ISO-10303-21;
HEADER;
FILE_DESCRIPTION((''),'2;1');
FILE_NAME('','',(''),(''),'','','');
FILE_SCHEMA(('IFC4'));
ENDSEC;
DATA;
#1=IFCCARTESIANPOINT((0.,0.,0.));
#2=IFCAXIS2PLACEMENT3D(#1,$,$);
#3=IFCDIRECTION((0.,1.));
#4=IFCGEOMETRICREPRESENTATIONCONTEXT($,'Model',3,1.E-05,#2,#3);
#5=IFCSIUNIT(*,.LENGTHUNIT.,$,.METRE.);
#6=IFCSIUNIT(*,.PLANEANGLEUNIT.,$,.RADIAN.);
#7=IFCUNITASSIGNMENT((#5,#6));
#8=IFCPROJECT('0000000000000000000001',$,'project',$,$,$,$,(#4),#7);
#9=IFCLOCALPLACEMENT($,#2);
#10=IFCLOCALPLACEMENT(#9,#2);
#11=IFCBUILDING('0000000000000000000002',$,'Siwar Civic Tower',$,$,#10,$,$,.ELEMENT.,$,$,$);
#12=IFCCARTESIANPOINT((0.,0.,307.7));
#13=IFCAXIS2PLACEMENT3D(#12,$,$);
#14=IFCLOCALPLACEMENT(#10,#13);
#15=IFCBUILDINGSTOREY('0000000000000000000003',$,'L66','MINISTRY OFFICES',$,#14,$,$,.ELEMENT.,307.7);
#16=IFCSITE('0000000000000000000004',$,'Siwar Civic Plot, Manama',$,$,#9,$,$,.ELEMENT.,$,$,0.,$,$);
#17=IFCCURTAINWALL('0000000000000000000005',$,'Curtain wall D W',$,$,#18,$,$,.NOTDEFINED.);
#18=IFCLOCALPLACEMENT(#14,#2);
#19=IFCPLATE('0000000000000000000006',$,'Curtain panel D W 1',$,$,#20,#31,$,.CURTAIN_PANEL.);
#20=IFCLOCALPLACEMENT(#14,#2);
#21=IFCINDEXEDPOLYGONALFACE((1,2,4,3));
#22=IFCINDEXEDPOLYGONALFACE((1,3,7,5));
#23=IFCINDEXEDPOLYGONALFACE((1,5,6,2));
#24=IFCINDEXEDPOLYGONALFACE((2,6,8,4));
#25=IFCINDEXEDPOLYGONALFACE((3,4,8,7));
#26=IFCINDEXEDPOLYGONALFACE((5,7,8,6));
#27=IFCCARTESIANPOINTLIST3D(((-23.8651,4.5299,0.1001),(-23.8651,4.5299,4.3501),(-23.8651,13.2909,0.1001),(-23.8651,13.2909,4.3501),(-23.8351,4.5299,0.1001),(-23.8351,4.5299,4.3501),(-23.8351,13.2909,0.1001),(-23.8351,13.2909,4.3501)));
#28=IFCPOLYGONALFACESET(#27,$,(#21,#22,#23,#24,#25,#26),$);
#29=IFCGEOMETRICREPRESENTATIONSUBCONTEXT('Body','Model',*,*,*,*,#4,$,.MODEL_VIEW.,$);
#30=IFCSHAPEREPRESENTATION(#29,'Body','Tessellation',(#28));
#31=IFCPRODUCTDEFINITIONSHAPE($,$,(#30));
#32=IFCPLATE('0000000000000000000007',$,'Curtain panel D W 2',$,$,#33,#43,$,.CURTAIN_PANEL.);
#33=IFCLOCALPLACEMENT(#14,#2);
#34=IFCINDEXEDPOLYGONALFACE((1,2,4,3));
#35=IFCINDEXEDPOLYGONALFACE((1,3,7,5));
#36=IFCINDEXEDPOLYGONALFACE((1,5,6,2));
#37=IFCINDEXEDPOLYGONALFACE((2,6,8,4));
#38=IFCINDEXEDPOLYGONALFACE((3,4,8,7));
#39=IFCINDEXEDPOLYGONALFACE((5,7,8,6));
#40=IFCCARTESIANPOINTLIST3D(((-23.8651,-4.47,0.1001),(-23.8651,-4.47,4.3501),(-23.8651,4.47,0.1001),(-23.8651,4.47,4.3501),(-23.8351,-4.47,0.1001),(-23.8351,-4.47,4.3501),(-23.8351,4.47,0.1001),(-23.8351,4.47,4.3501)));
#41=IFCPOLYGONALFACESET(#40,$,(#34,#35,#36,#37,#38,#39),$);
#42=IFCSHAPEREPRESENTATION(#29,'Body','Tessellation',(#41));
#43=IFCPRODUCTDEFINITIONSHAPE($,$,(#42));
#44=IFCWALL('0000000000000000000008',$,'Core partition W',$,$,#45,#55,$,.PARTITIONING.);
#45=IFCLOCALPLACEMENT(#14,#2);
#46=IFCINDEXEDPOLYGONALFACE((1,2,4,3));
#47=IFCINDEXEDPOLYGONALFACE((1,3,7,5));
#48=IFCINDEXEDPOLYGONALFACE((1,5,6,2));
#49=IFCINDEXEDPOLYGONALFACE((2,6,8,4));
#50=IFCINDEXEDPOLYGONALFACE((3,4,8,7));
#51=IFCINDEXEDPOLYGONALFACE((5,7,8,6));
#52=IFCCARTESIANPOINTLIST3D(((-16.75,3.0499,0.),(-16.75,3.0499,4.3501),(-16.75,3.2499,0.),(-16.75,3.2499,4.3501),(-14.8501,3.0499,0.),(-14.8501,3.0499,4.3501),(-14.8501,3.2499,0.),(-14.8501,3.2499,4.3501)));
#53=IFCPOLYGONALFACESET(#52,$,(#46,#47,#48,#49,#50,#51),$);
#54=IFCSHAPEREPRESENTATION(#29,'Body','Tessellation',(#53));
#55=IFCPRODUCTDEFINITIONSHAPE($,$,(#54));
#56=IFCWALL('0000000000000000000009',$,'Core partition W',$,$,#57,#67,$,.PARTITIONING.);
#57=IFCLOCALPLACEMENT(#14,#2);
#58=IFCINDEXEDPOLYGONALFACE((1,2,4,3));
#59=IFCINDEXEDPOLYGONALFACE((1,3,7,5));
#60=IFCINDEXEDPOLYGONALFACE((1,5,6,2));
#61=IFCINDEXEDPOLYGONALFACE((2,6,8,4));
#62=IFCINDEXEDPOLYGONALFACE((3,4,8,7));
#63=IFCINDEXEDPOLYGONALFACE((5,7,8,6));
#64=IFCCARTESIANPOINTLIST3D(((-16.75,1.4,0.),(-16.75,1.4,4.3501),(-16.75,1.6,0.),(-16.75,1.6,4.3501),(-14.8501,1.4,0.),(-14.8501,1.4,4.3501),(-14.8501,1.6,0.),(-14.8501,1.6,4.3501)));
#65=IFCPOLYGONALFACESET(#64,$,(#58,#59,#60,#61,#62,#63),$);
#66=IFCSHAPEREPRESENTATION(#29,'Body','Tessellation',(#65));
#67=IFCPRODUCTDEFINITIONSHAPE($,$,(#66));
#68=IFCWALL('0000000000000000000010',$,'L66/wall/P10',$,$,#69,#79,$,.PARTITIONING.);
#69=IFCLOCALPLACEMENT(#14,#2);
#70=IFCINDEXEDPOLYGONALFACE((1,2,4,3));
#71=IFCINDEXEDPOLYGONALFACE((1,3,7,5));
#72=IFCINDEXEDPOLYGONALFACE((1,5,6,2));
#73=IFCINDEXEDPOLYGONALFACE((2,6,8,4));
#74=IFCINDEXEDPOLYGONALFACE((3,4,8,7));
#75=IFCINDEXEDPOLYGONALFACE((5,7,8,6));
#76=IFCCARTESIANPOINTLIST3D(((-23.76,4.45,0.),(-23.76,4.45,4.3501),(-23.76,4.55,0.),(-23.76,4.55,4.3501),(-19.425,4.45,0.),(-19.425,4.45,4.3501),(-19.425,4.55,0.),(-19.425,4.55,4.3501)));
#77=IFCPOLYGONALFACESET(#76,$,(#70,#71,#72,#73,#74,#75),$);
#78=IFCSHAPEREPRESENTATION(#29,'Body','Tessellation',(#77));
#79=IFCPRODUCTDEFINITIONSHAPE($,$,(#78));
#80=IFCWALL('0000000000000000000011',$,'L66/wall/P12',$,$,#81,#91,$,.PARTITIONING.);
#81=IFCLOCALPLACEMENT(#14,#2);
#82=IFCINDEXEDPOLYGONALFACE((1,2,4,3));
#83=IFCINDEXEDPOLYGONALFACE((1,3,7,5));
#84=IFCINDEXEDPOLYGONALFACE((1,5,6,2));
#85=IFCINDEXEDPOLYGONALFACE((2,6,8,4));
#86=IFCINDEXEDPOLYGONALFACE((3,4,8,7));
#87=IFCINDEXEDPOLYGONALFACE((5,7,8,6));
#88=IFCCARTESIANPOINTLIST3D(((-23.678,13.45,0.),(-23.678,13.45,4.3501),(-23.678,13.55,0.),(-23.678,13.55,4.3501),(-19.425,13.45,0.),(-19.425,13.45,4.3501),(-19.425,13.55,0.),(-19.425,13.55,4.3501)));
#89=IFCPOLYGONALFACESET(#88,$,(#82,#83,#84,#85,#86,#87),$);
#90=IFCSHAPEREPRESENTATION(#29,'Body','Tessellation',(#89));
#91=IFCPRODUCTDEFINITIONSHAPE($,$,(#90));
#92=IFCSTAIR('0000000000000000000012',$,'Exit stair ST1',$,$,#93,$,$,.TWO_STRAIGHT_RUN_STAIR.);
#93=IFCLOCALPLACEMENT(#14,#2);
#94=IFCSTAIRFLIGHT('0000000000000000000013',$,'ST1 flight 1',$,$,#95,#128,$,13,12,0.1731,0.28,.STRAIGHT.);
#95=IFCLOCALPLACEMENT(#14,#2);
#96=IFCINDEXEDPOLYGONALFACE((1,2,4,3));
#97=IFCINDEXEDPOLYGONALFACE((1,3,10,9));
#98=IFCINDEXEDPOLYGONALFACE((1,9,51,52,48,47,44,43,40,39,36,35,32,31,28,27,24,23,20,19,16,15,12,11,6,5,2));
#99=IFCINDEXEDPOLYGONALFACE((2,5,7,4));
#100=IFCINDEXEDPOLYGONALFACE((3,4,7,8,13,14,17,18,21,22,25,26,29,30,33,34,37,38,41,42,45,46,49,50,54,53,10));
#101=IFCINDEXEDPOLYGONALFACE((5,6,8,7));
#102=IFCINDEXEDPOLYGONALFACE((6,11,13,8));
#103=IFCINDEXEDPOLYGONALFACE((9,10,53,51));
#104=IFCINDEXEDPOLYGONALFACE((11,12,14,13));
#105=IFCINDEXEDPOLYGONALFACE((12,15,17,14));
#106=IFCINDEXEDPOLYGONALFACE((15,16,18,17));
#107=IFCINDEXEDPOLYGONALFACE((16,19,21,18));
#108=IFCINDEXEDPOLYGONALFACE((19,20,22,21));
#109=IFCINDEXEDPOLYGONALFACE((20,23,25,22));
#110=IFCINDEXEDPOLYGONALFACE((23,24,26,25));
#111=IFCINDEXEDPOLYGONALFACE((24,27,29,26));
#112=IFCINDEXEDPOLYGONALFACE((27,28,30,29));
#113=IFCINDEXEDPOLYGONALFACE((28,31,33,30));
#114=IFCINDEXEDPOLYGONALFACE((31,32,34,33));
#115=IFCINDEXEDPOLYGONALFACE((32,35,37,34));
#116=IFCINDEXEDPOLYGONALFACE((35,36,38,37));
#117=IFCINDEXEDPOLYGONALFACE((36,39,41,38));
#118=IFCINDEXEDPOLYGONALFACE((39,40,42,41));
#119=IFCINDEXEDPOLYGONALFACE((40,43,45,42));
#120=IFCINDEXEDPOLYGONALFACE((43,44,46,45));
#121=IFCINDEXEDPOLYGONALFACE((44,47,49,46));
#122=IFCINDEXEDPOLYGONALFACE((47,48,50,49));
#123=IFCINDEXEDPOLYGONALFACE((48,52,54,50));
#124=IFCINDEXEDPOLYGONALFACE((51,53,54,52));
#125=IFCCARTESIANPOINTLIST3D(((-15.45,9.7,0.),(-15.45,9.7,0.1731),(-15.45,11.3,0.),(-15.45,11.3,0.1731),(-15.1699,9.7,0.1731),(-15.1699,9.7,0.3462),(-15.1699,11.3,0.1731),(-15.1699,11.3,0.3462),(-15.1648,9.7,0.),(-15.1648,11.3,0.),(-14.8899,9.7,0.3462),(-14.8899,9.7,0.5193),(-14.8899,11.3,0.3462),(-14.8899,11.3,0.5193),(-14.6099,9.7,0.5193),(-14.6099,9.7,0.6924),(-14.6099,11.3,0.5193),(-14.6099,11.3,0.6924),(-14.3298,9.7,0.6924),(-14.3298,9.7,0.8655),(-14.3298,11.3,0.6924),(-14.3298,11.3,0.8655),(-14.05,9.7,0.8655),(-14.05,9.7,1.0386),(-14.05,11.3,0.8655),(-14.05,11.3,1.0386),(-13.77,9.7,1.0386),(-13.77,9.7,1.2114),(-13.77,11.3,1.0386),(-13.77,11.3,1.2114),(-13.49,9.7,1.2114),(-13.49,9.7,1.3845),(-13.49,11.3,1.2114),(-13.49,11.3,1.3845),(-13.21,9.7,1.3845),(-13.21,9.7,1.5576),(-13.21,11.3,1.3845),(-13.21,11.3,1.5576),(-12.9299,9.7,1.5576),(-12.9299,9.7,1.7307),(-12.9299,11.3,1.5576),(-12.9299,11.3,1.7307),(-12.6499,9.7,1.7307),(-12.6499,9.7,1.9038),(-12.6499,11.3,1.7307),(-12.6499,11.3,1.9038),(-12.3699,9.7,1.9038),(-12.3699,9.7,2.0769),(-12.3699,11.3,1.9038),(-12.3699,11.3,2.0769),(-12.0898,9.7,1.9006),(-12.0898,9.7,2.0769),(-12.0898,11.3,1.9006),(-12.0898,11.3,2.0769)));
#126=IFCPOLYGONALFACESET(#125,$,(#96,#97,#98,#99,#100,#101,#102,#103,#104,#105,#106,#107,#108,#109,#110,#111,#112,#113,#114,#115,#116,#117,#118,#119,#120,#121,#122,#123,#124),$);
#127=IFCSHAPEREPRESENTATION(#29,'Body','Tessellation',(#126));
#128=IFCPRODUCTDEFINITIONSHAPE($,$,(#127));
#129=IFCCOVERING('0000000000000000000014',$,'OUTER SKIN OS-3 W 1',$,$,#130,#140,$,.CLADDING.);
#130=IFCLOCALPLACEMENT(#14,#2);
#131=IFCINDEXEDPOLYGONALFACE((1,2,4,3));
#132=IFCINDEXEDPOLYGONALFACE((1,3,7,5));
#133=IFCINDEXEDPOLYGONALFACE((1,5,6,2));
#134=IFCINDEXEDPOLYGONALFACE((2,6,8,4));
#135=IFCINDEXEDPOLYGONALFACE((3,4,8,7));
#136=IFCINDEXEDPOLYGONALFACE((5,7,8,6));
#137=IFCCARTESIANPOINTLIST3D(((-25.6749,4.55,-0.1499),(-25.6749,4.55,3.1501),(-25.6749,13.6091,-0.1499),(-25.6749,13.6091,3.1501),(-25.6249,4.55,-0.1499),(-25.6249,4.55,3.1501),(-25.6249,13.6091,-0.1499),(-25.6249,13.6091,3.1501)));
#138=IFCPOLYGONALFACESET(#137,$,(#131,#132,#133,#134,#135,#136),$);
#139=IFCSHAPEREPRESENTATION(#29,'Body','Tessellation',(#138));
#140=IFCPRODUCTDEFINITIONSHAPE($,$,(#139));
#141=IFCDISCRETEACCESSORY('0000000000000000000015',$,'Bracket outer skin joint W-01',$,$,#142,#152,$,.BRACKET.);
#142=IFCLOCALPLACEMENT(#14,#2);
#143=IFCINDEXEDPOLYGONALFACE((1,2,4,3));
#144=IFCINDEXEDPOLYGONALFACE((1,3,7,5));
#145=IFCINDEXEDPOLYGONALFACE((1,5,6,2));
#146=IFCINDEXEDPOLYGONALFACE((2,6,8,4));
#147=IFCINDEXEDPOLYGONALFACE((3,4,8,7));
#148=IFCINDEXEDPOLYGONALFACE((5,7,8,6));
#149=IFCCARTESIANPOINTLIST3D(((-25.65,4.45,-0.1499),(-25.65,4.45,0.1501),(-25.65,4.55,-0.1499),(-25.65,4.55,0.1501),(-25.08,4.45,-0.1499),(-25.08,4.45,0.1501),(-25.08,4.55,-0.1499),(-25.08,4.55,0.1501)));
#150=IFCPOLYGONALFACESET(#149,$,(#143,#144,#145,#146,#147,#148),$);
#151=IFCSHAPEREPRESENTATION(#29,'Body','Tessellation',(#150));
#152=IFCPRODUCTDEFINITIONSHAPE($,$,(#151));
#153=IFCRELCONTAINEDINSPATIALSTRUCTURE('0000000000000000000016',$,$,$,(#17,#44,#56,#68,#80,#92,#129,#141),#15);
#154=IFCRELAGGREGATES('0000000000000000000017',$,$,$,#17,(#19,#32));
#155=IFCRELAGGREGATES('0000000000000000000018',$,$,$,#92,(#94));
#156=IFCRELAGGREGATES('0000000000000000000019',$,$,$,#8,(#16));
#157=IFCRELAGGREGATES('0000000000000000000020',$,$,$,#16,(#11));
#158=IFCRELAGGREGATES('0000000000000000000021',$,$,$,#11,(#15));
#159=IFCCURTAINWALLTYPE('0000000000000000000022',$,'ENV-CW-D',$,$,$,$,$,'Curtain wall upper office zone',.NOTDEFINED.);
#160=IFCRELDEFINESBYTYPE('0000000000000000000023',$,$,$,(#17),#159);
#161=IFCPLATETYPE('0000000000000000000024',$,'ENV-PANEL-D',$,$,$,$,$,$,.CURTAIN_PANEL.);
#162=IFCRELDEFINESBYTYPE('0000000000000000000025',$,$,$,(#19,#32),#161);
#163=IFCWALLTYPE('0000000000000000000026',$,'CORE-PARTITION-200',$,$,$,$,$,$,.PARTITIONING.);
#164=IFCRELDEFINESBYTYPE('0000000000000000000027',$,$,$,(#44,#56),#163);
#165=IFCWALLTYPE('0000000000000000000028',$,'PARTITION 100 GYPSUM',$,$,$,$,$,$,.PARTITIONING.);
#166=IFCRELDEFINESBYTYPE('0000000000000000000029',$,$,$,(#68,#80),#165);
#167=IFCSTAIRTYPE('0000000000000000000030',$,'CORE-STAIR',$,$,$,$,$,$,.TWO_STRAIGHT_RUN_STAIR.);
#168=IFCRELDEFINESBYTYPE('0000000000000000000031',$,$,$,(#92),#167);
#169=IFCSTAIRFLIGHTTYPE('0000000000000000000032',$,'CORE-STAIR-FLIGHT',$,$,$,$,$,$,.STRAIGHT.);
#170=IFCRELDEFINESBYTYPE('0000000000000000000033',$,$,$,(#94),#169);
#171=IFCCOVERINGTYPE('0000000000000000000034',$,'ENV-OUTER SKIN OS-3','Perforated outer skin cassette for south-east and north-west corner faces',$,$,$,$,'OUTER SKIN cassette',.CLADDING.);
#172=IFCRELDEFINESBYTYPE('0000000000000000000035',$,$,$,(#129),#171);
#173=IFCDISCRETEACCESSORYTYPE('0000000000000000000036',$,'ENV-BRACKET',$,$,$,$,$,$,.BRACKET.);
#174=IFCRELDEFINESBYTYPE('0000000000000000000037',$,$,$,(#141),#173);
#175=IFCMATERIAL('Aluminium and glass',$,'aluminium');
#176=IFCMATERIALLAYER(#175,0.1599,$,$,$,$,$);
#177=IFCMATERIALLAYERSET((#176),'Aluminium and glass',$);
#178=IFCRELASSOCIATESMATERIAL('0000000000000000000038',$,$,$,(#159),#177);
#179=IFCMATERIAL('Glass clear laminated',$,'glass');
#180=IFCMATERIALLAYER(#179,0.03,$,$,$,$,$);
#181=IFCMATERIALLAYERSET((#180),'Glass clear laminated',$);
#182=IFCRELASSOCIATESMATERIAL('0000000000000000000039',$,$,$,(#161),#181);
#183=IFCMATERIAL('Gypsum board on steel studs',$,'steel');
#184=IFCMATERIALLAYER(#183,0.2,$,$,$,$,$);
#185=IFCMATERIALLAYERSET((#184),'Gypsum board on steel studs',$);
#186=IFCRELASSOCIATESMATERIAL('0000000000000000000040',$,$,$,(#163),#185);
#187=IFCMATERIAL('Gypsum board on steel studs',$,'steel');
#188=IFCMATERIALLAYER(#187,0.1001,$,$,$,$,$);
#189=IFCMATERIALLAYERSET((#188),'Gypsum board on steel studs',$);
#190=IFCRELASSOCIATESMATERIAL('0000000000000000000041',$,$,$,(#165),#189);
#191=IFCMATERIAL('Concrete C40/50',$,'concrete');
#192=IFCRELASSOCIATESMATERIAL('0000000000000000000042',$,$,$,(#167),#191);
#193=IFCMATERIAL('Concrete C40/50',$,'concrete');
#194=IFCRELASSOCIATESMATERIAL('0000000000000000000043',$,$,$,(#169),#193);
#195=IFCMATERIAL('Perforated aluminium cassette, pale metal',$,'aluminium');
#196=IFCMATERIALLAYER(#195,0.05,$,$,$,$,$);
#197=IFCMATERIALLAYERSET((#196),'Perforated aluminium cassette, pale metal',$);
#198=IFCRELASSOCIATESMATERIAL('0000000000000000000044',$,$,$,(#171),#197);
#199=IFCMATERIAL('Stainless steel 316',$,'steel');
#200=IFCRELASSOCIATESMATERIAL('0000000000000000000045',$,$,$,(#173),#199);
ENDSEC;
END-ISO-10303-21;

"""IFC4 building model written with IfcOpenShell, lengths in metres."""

from ifc_helpers import new_model, si_unit, direction, frame, frame_2d, origin, origin_2d, place, context, subcontext, project, spatial, polyline, rectangle, outline, extrude, material, layer, layer_set, type_object, element, aggregate, save


model = new_model("IFC4")

# Units and contexts
model_context = context("Model", 3, precision=1e-05, world=origin(), true_north=direction((0.0, 1.0)))
body_context = subcontext(model_context, "Body", "Model", "MODEL_VIEW")
ifc_project = project(units=[si_unit("LENGTHUNIT", "METRE"), si_unit("PLANEANGLEUNIT", "RADIAN")], contexts=[model_context])

# Site, building, storey
site_placement = place(None, origin())
site = spatial("IfcSite", under=ifc_project, at=site_placement, Name="Siwar Civic Plot, Manama", CompositionType="ELEMENT", RefElevation=0.0)
building_placement = place(site_placement, origin())
building = spatial("IfcBuilding", under=site, at=building_placement, Name="Siwar Civic Tower", CompositionType="ELEMENT")
storey_placement = place(building_placement, frame((0.0, 0.0, 307.7)))
storey = spatial("IfcBuildingStorey", under=building, at=storey_placement, Name="L66", Description="MINISTRY OFFICES", CompositionType="ELEMENT", Elevation=307.7)

# Curtain wall
ifc_material_1 = material(Name="Aluminium and glass", Category="aluminium")
ifc_layer_1 = layer(ifc_material_1, 0.1599)
ifc_layer_set_1 = layer_set([ifc_layer_1], Name="Aluminium and glass")
curtain_wall_type = type_object("IfcCurtainWallType", Name="ENV-CW-D", ElementType="Curtain wall upper office zone", PredefinedType="NOTDEFINED", material=ifc_layer_set_1)
curtain_wall_placement = place(storey_placement, origin())
curtain_wall = element("IfcCurtainWall", 1, at=curtain_wall_placement, inside=storey, type_object=curtain_wall_type, Name="Curtain wall D W", PredefinedType="NOTDEFINED")

# Plates
ifc_material_2 = material(Name="Glass clear laminated", Category="glass")
ifc_layer_2 = layer(ifc_material_2, 0.03)
ifc_layer_set_2 = layer_set([ifc_layer_2], Name="Glass clear laminated")
plate_type = type_object("IfcPlateType", Name="ENV-PANEL-D", PredefinedType="CURTAIN_PANEL", material=ifc_layer_set_2)
plate_1_placement = place(storey_placement, frame((-23.8501, 8.9104, 0.1001), z_axis=(0.0, 0.0, 1.0), x_axis=(0.0, -1.0, 0.0)))
plate_1 = element("IfcPlate", 2, at=plate_1_placement, type_object=plate_type, Name="Curtain panel D W 1", PredefinedType="CURTAIN_PANEL", context=body_context, shape_type="SweptSolid", body=[
    extrude(rectangle(XDim=8.761, YDim=0.03, at=origin_2d()), origin(), (0.0, 0.0, 1.0), 4.25),
])
plate_2_placement = place(storey_placement, frame((-23.8501, 0.0, 0.1001), z_axis=(0.0, 0.0, 1.0), x_axis=(0.0, -1.0, 0.0)))
plate_2 = element("IfcPlate", 3, at=plate_2_placement, type_object=plate_type, Name="Curtain panel D W 2", PredefinedType="CURTAIN_PANEL", context=body_context, shape_type="SweptSolid", body=[
    extrude(rectangle(XDim=8.9399, YDim=0.03, at=origin_2d()), origin(), (0.0, 0.0, 1.0), 4.25),
])
aggregate(curtain_wall, [plate_1, plate_2])

# Walls
ifc_material_3 = material(Name="Gypsum board on steel studs", Category="steel")
ifc_layer_3 = layer(ifc_material_3, 0.2)
ifc_layer_set_3 = layer_set([ifc_layer_3], Name="Gypsum board on steel studs")
wall_type_1 = type_object("IfcWallType", Name="CORE-PARTITION-200", PredefinedType="PARTITIONING", material=ifc_layer_set_3)
for number, where, z_axis, x_axis, name in (
    (4, (-14.8501, 3.1499, 0.0), (0.0, 0.0, 1.0), (-1.0, 0.0, 0.0), "Core partition W"),
    (5, (-14.8501, 1.5, 0.0), (0.0, 0.0, 1.0), (-1.0, 0.0, 0.0), "Core partition W"),
):
    element("IfcWall", number, at=place(storey_placement, frame(where, z_axis=z_axis, x_axis=x_axis)), inside=storey, type_object=wall_type_1, Name=name, PredefinedType="PARTITIONING", context=body_context, shape_type="SweptSolid", body=[
        extrude(rectangle(XDim=1.8999, YDim=0.2, at=frame_2d((0.95, 0.0))), origin(), (0.0, 0.0, 1.0), 4.3501),
    ])
ifc_material_4 = material(Name="Gypsum board on steel studs", Category="steel")
ifc_layer_4 = layer(ifc_material_4, 0.1001)
ifc_layer_set_4 = layer_set([ifc_layer_4], Name="Gypsum board on steel studs")
wall_type_2 = type_object("IfcWallType", Name="PARTITION 100 GYPSUM", PredefinedType="PARTITIONING", material=ifc_layer_set_4)
wall_1_placement = place(storey_placement, frame((-23.76, 4.5, 0.0), z_axis=(0.0, 0.0, 1.0), x_axis=(1.0, 0.0, 0.0)))
element("IfcWall", 6, at=wall_1_placement, inside=storey, type_object=wall_type_2, Name="L66/wall/P10", PredefinedType="PARTITIONING", context=body_context, shape_type="SweptSolid", body=[
    extrude(rectangle(XDim=4.335, YDim=0.1001, at=frame_2d((2.1675, 0.0))), origin(), (0.0, 0.0, 1.0), 4.3501),
])
wall_2_placement = place(storey_placement, frame((-23.678, 13.5, 0.0), z_axis=(0.0, 0.0, 1.0), x_axis=(1.0, 0.0, 0.0)))
element("IfcWall", 7, at=wall_2_placement, inside=storey, type_object=wall_type_2, Name="L66/wall/P12", PredefinedType="PARTITIONING", context=body_context, shape_type="SweptSolid", body=[
    extrude(rectangle(XDim=4.2529, YDim=0.1001, at=frame_2d((2.1265, 0.0))), origin(), (0.0, 0.0, 1.0), 4.3501),
])

# Stair, stair flight
ifc_material_5 = material(Name="Concrete C40/50", Category="concrete")
stair_type = type_object("IfcStairType", Name="CORE-STAIR", PredefinedType="TWO_STRAIGHT_RUN_STAIR", material=ifc_material_5)
stair_placement = place(storey_placement, origin())
stair = element("IfcStair", 8, at=stair_placement, inside=storey, type_object=stair_type, Name="Exit stair ST1", PredefinedType="TWO_STRAIGHT_RUN_STAIR")
ifc_material_6 = material(Name="Concrete C40/50", Category="concrete")
stair_flight_type = type_object("IfcStairFlightType", Name="CORE-STAIR-FLIGHT", PredefinedType="STRAIGHT", material=ifc_material_6)
stair_flight_placement = place(storey_placement, frame((-15.45, 10.5, 0.0), z_axis=(0.0, 0.0, 1.0), x_axis=(1.0, 0.0, 0.0)))
stair_flight = element("IfcStairFlight", 9, at=stair_flight_placement, type_object=stair_flight_type, Name="ST1 flight 1", NumberOfRisers=13, NumberOfTreads=12, PredefinedType="STRAIGHT", RiserHeight=0.1731, TreadLength=0.28, context=body_context, shape_type="SweptSolid", body=[
    extrude(outline(polyline([(0.0, 0.0), (0.0, 0.1731), (0.28, 0.1731), (0.28, 0.3462), (0.5601, 0.3462), (0.5601, 0.5193), (0.8401, 0.5193), (0.8401, 0.6924), (1.1201, 0.6924), (1.1201, 0.8655), (1.3999, 0.8655), (1.3999, 1.0386), (1.6799, 1.0386), (1.6799, 1.2114), (1.96, 1.2114), (1.96, 1.3845), (2.24, 1.3845), (2.24, 1.5576), (2.52, 1.5576), (2.52, 1.7307), (2.8, 1.7307), (2.8, 1.9038), (3.0801, 1.9038), (3.0801, 2.0769), (3.3601, 2.0769), (3.3601, 2.25), (3.3601, 1.9006), (0.2852, 0.0), (0.0, 0.0)])), frame((0.0, 0.8, 0.0), z_axis=(0.0, -1.0, 0.0), x_axis=(1.0, 0.0, 0.0)), (0.0, 0.0, 1.0), 1.6001),
])
aggregate(stair, [stair_flight])

# Covering
ifc_material_7 = material(Name="Perforated aluminium cassette, pale metal", Category="aluminium")
ifc_layer_5 = layer(ifc_material_7, 0.05)
ifc_layer_set_5 = layer_set([ifc_layer_5], Name="Perforated aluminium cassette, pale metal")
covering_type = type_object("IfcCoveringType", Name="ENV-OUTER SKIN OS-3", Description="Perforated outer skin cassette for south-east and north-west corner faces", ElementType="OUTER SKIN cassette", PredefinedType="CLADDING", material=ifc_layer_set_5)
covering_placement = place(storey_placement, frame((-25.6499, 9.0796, -0.1499), z_axis=(0.0, 0.0, 1.0), x_axis=(0.0, -1.0, 0.0)))
element("IfcCovering", 10, at=covering_placement, inside=storey, type_object=covering_type, Name="OUTER SKIN OS-3 W 1", PredefinedType="CLADDING", context=body_context, shape_type="SweptSolid", body=[
    extrude(rectangle(XDim=9.0591, YDim=0.05, at=origin_2d()), origin(), (0.0, 0.0, 1.0), 3.3),
])

# Discrete accessory
ifc_material_8 = material(Name="Stainless steel 316", Category="steel")
discrete_accessory_type = type_object("IfcDiscreteAccessoryType", Name="ENV-BRACKET", PredefinedType="BRACKET", material=ifc_material_8)
discrete_accessory_placement = place(storey_placement, frame((-25.365, 4.5, -0.1499), z_axis=(0.0, 0.0, 1.0), x_axis=(-1.0, 0.0, 0.0)))
element("IfcDiscreteAccessory", 11, at=discrete_accessory_placement, inside=storey, type_object=discrete_accessory_type, Name="Bracket outer skin joint W-01", PredefinedType="BRACKET", context=body_context, shape_type="SweptSolid", body=[
    extrude(rectangle(XDim=0.5701, YDim=0.1001, at=origin_2d()), origin(), (0.0, 0.0, 1.0), 0.3),
])

save(model, "model.ifc")
